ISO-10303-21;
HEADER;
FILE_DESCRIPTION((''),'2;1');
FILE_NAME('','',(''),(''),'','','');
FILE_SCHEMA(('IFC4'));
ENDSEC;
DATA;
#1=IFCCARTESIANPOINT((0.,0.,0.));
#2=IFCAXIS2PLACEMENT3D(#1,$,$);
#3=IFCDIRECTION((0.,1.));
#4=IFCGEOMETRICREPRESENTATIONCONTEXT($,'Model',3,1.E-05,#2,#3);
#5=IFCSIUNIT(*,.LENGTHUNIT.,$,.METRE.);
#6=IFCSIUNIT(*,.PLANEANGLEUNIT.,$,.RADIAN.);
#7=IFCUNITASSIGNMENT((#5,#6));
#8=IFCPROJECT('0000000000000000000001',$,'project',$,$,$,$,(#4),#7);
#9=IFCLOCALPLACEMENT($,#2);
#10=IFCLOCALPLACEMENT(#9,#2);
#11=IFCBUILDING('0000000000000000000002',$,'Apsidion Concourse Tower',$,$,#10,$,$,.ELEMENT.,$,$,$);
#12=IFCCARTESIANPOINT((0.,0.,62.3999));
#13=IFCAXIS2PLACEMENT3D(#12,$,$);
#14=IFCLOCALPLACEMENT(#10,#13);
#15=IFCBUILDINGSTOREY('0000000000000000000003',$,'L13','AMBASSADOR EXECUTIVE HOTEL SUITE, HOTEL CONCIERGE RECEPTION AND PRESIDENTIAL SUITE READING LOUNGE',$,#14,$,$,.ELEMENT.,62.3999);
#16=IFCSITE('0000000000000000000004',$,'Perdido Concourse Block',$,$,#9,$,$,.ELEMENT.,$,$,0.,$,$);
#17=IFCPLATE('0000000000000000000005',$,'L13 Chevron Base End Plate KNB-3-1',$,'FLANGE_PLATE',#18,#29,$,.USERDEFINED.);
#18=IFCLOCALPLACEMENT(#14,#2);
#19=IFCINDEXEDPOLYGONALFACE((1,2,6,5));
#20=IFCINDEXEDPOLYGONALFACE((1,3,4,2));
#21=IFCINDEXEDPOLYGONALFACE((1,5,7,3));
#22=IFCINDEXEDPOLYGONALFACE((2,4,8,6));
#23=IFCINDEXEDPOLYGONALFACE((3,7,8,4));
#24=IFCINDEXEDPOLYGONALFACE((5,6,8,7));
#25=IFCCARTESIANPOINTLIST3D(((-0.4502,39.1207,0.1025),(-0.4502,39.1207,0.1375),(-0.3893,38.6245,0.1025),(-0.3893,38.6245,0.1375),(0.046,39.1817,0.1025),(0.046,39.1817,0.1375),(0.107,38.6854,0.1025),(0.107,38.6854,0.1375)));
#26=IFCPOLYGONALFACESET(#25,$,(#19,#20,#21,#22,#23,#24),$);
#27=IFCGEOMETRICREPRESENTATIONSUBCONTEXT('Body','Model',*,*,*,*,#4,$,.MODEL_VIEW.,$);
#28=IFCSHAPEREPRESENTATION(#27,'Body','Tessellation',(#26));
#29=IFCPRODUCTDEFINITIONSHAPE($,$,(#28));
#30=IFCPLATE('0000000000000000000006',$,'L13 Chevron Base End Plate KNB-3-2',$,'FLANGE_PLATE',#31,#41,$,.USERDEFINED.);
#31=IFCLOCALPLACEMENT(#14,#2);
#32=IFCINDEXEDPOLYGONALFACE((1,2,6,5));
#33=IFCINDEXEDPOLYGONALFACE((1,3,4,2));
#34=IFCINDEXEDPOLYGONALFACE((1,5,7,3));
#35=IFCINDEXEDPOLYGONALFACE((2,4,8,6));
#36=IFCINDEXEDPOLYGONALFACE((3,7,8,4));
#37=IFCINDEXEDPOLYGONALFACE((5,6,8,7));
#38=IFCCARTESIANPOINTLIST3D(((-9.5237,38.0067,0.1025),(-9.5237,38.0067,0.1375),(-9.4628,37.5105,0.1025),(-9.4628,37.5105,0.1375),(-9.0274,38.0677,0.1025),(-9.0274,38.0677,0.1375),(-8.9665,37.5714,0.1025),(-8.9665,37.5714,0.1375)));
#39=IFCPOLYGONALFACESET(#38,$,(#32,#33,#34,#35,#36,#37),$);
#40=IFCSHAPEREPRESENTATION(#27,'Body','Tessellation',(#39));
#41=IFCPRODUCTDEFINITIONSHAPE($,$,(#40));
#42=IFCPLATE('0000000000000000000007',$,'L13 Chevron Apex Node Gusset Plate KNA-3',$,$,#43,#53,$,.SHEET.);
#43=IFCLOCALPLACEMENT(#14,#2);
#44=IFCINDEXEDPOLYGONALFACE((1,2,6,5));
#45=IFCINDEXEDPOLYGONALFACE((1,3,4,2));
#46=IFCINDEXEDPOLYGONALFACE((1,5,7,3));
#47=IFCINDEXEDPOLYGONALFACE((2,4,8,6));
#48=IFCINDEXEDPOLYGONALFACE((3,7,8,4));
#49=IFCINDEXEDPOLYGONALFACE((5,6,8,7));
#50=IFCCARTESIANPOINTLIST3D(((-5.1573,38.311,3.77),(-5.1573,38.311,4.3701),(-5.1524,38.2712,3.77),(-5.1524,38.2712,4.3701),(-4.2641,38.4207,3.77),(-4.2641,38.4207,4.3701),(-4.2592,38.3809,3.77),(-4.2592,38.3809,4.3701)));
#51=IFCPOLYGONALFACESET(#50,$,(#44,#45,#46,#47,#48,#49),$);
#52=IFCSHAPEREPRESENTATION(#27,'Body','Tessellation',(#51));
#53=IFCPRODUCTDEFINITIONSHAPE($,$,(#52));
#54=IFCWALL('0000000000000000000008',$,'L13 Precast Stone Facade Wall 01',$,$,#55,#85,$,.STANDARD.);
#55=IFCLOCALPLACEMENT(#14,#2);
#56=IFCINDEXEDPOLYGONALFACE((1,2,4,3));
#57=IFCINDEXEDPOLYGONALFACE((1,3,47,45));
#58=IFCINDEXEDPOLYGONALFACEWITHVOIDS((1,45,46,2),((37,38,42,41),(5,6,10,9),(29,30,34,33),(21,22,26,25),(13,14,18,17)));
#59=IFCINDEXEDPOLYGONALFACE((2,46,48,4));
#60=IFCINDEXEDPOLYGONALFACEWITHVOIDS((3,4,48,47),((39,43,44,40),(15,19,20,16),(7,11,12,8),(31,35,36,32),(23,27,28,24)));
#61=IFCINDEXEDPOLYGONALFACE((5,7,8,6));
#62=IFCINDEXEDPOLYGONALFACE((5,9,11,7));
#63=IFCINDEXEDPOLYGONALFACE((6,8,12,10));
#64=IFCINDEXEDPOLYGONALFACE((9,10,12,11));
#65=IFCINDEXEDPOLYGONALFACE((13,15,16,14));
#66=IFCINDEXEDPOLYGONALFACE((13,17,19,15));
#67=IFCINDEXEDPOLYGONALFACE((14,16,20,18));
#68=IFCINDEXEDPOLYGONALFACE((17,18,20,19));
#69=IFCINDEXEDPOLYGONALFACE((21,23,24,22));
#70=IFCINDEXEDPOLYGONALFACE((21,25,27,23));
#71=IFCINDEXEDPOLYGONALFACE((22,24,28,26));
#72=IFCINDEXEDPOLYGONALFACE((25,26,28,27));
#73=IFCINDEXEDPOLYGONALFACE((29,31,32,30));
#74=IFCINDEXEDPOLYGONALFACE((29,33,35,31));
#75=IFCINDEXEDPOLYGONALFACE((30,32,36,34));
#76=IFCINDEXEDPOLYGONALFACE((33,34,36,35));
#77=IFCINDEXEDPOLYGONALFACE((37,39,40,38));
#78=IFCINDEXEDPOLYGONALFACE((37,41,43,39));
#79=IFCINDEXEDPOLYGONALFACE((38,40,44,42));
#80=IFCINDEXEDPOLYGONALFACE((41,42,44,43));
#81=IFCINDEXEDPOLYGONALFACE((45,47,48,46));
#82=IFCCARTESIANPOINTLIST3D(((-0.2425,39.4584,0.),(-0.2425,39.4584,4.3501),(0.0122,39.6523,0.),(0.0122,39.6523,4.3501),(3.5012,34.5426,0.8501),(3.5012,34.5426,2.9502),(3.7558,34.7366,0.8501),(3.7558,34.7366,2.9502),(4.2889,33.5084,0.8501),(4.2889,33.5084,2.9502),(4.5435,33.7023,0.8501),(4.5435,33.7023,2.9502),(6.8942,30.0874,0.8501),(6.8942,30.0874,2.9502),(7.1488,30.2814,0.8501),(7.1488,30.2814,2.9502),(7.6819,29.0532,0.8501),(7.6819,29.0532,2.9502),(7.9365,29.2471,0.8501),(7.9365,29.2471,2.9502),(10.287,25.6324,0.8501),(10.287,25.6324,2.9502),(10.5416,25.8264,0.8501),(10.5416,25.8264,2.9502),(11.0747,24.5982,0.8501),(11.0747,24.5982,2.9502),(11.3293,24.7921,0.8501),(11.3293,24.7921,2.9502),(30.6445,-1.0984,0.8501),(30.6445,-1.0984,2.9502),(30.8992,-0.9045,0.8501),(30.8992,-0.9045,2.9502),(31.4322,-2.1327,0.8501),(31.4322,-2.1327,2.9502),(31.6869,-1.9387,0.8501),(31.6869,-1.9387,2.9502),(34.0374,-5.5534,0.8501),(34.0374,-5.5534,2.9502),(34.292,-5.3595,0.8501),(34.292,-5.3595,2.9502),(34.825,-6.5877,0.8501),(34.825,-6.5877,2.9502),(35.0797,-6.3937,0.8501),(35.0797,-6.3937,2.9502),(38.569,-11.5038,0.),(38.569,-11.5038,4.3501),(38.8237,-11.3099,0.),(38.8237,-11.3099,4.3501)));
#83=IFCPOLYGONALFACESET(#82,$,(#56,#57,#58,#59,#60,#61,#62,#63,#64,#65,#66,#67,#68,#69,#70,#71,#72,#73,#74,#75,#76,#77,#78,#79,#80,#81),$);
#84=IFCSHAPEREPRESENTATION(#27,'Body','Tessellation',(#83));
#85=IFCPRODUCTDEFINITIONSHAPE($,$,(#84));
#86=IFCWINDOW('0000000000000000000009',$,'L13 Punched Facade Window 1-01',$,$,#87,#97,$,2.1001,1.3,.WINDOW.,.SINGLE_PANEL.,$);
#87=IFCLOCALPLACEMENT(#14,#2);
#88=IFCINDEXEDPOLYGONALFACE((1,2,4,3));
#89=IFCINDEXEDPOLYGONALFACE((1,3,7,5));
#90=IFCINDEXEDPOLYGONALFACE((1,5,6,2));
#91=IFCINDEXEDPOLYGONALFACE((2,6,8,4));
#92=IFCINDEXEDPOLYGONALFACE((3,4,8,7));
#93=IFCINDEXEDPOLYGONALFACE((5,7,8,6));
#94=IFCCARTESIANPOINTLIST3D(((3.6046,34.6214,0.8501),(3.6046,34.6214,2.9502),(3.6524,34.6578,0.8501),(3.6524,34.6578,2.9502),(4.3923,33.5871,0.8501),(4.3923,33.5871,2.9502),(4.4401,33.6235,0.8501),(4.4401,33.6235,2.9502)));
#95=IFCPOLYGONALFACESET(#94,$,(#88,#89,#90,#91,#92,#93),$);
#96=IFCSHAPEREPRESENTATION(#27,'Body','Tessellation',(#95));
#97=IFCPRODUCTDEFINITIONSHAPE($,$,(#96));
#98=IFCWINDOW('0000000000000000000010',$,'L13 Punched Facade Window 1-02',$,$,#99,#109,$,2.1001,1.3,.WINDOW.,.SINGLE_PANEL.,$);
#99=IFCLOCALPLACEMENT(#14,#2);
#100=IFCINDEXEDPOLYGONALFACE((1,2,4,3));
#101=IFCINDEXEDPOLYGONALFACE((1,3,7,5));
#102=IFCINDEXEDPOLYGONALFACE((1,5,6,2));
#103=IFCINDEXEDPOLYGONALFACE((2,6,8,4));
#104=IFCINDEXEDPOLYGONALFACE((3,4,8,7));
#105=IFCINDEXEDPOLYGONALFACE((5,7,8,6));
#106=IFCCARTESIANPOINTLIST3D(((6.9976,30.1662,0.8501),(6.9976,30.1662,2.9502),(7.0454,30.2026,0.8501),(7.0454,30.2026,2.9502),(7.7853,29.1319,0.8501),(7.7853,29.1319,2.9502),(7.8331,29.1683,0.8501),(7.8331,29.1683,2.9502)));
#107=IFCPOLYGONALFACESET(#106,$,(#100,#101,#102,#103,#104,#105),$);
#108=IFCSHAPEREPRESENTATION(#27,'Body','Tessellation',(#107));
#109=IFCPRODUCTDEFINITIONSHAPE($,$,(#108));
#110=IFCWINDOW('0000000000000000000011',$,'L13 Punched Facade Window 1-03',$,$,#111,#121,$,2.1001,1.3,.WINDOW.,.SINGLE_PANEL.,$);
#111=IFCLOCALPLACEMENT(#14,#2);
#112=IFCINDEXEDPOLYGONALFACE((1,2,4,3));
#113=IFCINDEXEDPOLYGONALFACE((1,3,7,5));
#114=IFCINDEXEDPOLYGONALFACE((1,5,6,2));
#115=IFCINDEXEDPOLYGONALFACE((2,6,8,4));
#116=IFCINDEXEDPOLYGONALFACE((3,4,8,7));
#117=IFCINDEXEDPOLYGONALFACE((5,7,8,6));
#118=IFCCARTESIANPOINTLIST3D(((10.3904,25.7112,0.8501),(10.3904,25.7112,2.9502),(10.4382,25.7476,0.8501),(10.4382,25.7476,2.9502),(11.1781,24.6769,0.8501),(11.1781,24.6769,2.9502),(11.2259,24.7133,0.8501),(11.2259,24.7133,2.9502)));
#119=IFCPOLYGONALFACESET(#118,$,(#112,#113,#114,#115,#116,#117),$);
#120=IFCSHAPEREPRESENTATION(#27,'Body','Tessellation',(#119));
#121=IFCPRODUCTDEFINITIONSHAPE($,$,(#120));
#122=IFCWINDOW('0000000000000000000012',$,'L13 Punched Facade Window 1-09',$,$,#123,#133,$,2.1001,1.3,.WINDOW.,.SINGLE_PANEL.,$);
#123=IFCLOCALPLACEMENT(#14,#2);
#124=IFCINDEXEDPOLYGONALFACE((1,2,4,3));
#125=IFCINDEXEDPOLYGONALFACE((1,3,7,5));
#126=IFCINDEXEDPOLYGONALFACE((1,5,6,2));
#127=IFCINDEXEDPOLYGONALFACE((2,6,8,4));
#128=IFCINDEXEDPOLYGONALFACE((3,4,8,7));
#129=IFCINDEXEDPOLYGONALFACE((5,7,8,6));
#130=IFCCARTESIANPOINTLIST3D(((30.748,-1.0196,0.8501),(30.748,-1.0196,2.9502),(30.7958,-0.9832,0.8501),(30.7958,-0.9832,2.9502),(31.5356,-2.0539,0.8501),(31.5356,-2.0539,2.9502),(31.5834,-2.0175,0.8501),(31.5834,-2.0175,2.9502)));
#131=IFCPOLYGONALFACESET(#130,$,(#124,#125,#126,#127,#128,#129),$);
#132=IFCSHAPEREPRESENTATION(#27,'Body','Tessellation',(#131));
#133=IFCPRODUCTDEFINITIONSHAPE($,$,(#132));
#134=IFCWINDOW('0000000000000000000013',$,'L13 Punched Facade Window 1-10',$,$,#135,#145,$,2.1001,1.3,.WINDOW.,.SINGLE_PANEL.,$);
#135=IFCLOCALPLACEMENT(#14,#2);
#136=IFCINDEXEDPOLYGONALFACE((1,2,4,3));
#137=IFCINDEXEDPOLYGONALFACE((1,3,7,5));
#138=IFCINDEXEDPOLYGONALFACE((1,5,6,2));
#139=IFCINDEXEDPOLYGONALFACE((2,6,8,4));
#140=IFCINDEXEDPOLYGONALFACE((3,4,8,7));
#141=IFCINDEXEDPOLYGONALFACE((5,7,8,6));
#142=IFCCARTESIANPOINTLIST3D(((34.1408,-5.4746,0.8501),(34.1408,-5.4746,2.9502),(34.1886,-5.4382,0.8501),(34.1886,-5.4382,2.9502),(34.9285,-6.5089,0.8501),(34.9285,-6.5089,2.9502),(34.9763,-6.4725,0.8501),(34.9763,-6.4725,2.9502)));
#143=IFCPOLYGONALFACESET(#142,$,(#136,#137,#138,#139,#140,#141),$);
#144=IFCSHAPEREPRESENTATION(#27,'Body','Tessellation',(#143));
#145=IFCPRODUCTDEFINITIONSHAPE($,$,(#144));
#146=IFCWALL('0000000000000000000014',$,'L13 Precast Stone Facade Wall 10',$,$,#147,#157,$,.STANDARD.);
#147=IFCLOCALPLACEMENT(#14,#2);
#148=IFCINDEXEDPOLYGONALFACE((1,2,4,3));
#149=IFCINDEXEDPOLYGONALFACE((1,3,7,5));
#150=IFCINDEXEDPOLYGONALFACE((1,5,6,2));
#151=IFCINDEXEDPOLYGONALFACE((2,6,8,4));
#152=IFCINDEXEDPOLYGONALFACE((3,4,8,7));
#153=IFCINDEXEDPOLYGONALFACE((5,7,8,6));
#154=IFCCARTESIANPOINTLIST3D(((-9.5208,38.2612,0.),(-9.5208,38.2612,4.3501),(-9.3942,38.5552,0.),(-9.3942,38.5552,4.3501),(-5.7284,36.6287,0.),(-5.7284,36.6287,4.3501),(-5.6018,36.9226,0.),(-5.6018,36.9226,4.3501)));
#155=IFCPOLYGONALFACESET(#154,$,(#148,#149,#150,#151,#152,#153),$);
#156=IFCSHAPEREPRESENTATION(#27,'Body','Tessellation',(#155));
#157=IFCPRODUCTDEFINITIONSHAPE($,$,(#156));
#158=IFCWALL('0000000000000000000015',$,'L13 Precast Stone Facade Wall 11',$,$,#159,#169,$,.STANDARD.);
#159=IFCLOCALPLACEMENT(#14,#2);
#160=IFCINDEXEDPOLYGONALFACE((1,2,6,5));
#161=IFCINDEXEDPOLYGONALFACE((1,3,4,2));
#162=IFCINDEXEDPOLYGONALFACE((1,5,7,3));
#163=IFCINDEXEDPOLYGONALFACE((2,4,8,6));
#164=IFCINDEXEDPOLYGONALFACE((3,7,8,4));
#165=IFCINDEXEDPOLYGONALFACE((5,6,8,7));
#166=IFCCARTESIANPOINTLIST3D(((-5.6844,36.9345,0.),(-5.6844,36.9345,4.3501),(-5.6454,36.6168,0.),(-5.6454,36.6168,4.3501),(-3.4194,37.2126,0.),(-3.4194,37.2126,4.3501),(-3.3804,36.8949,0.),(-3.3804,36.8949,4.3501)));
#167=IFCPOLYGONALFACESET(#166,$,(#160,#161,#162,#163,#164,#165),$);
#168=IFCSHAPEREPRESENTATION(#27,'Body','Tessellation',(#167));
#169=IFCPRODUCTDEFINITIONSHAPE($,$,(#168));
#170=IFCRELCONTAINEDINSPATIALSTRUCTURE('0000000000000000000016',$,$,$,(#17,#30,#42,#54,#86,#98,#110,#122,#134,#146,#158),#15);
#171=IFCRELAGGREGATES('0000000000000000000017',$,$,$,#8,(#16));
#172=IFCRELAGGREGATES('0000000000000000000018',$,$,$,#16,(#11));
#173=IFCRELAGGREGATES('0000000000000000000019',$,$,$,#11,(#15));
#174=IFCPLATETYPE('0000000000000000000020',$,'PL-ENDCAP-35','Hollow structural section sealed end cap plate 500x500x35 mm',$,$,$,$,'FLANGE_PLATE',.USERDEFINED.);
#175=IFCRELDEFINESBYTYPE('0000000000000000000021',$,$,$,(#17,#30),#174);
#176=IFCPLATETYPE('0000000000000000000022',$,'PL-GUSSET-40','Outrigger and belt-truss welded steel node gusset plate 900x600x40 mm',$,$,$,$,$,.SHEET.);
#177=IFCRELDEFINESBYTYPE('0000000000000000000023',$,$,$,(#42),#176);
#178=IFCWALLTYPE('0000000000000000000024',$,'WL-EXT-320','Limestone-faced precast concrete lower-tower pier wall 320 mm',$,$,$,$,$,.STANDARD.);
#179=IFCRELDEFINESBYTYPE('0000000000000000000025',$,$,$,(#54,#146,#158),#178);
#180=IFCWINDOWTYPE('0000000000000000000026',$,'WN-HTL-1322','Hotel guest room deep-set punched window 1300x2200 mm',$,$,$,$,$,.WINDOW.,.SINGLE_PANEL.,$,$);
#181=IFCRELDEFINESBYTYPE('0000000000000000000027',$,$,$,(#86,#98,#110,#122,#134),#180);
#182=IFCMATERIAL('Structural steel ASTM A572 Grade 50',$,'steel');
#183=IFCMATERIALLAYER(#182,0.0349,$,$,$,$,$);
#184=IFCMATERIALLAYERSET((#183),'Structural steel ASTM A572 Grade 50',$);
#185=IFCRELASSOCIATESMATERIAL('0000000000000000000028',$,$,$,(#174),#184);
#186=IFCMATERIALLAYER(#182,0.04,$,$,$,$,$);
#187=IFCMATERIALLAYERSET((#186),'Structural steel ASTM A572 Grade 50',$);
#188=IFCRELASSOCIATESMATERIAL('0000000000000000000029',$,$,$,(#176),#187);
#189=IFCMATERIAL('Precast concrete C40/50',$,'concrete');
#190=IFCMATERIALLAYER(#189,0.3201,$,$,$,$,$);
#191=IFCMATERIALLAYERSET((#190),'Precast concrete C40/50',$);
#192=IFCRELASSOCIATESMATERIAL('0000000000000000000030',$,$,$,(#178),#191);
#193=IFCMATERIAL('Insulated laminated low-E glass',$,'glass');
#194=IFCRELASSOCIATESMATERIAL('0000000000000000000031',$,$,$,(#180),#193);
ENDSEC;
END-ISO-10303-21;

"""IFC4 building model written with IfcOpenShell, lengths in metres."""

from ifc_helpers import new_model, si_unit, direction, frame, frame_2d, origin, origin_2d, place, context, subcontext, project, spatial, rectangle, extrude, material, layer, layer_set, type_object, element, fill, save


model = new_model("IFC4")

# Units and contexts
model_context = context("Model", 3, precision=1e-05, world=origin(), true_north=direction((0.0, 1.0)))
body_context = subcontext(model_context, "Body", "Model", "MODEL_VIEW")
ifc_project = project(units=[si_unit("LENGTHUNIT", "METRE"), si_unit("PLANEANGLEUNIT", "RADIAN")], contexts=[model_context])

# Site, building, storey
site_placement = place(None, origin())
site = spatial("IfcSite", under=ifc_project, at=site_placement, Name="Perdido Concourse Block", CompositionType="ELEMENT", RefElevation=0.0)
building_placement = place(site_placement, origin())
building = spatial("IfcBuilding", under=site, at=building_placement, Name="Apsidion Concourse Tower", CompositionType="ELEMENT")
storey_placement = place(building_placement, frame((0.0, 0.0, 62.3999)))
storey = spatial("IfcBuildingStorey", under=building, at=storey_placement, Name="L13", Description="AMBASSADOR EXECUTIVE HOTEL SUITE, HOTEL CONCIERGE RECEPTION AND PRESIDENTIAL SUITE READING LOUNGE", CompositionType="ELEMENT", Elevation=62.3999)

# Shared definitions
ifc_material_1 = material(Name="Structural steel ASTM A572 Grade 50", Category="steel")

# Plates
ifc_layer_1 = layer(ifc_material_1, 0.0349)
ifc_layer_set_1 = layer_set([ifc_layer_1], Name="Structural steel ASTM A572 Grade 50")
plate_type_1 = type_object("IfcPlateType", Name="PL-ENDCAP-35", Description="Hollow structural section sealed end cap plate 500x500x35 mm", ElementType="FLANGE_PLATE", PredefinedType="USERDEFINED", material=ifc_layer_set_1)
for number, where, z_axis, x_axis, name in (
    (1, (-0.1716, 38.9031, 0.1025), (0.0, 0.0, 1.0), (0.992546, 0.121869, 0.0), "L13 Chevron Base End Plate KNB-3-1"),
    (2, (-9.2451, 37.7891, 0.1025), (0.0, 0.0, 1.0), (0.992546, 0.121869, 0.0), "L13 Chevron Base End Plate KNB-3-2"),
):
    element("IfcPlate", number, at=place(storey_placement, frame(where, z_axis=z_axis, x_axis=x_axis)), inside=storey, type_object=plate_type_1, Name=name, ObjectType="FLANGE_PLATE", PredefinedType="USERDEFINED", context=body_context, shape_type="SweptSolid", body=[
        extrude(rectangle(XDim=0.5, YDim=0.5, at=origin_2d()), origin(), (0.0, 0.0, 1.0), 0.0349),
    ])
ifc_layer_2 = layer(ifc_material_1, 0.04)
ifc_layer_set_2 = layer_set([ifc_layer_2], Name="Structural steel ASTM A572 Grade 50")
plate_type_2 = type_object("IfcPlateType", Name="PL-GUSSET-40", Description="Outrigger and belt-truss welded steel node gusset plate 900x600x40 mm", PredefinedType="SHEET", material=ifc_layer_set_2)
plate_placement = place(storey_placement, frame((-4.7083, 38.3459, 3.77), z_axis=(0.0, 0.0, 1.0), x_axis=(0.992546, 0.121869, 0.0)))
element("IfcPlate", 3, at=plate_placement, inside=storey, type_object=plate_type_2, Name="L13 Chevron Apex Node Gusset Plate KNA-3", PredefinedType="SHEET", context=body_context, shape_type="SweptSolid", body=[
    extrude(rectangle(XDim=0.8999, YDim=0.04, at=origin_2d()), origin(), (0.0, 0.0, 1.0), 0.6001),
])

# Wall, openings, windows
ifc_material_2 = material(Name="Precast concrete C40/50", Category="concrete")
ifc_layer_3 = layer(ifc_material_2, 0.3201)
ifc_layer_set_3 = layer_set([ifc_layer_3], Name="Precast concrete C40/50")
wall_type_1 = type_object("IfcWallType", Name="WL-EXT-320", Description="Limestone-faced precast concrete lower-tower pier wall 320 mm", PredefinedType="STANDARD", material=ifc_layer_set_3)
wall_1_placement = place(storey_placement, frame((-0.1152, 39.5554, 0.0), z_axis=(0.0, 0.0, 1.0), x_axis=(0.605877, -0.795558, 0.0)))
wall_1 = element("IfcWall", 4, at=wall_1_placement, inside=storey, type_object=wall_type_1, Name="L13 Precast Stone Facade Wall 01", PredefinedType="STANDARD", context=body_context, shape_type="SweptSolid", body=[
    extrude(rectangle(XDim=64.0583, YDim=0.3201, at=frame_2d((32.0293, 0.0))), origin(), (0.0, 0.0, 1.0), 4.3501),
])
opening_1_placement = place(wall_1_placement, frame((6.1792, 0.0, 0.8501)))
opening_1 = element("IfcOpeningElement", 5, at=opening_1_placement, cuts=wall_1, PredefinedType="OPENING", context=body_context, shape_type="SweptSolid", body=[
    extrude(rectangle(XDim=1.3, YDim=2.1001, at=frame_2d((0.6499, 1.05))), frame((0.0, 0.1699, 0.0), z_axis=(0.0, -1.0, 0.0), x_axis=(1.0, 0.0, 0.0)), (0.0, 0.0, 1.0), 0.3401),
])
opening_2_placement = place(wall_1_placement, frame((11.7793, 0.0, 0.8501)))
opening_2 = element("IfcOpeningElement", 6, at=opening_2_placement, cuts=wall_1, PredefinedType="OPENING", context=body_context, shape_type="SweptSolid", body=[
    extrude(rectangle(XDim=1.3, YDim=2.1001, at=frame_2d((0.6499, 1.05))), frame((0.0, 0.1699, 0.0), z_axis=(0.0, -1.0, 0.0), x_axis=(1.0, 0.0, 0.0)), (0.0, 0.0, 1.0), 0.3401),
])
opening_3_placement = place(wall_1_placement, frame((17.3792, 0.0, 0.8501)))
opening_3 = element("IfcOpeningElement", 7, at=opening_3_placement, cuts=wall_1, PredefinedType="OPENING", context=body_context, shape_type="SweptSolid", body=[
    extrude(rectangle(XDim=1.3, YDim=2.1001, at=frame_2d((0.6499, 1.05))), frame((0.0, 0.1699, 0.0), z_axis=(0.0, -1.0, 0.0), x_axis=(1.0, 0.0, 0.0)), (0.0, 0.0, 1.0), 0.3401),
])
opening_4_placement = place(wall_1_placement, frame((50.9792, 0.0, 0.8501)))
opening_4 = element("IfcOpeningElement", 8, at=opening_4_placement, cuts=wall_1, PredefinedType="OPENING", context=body_context, shape_type="SweptSolid", body=[
    extrude(rectangle(XDim=1.3, YDim=2.1001, at=frame_2d((0.6499, 1.05))), frame((0.0, 0.1699, 0.0), z_axis=(0.0, -1.0, 0.0), x_axis=(1.0, 0.0, 0.0)), (0.0, 0.0, 1.0), 0.3401),
])
opening_5_placement = place(wall_1_placement, frame((56.5791, 0.0, 0.8501)))
opening_5 = element("IfcOpeningElement", 9, at=opening_5_placement, cuts=wall_1, PredefinedType="OPENING", context=body_context, shape_type="SweptSolid", body=[
    extrude(rectangle(XDim=1.3, YDim=2.1001, at=frame_2d((0.6499, 1.05))), frame((0.0, 0.1699, 0.0), z_axis=(0.0, -1.0, 0.0), x_axis=(1.0, 0.0, 0.0)), (0.0, 0.0, 1.0), 0.3401),
])
ifc_material_3 = material(Name="Insulated laminated low-E glass", Category="glass")
window_type = type_object("IfcWindowType", Name="WN-HTL-1322", Description="Hotel guest room deep-set punched window 1300x2200 mm", PartitioningType="SINGLE_PANEL", PredefinedType="WINDOW", material=ifc_material_3)
window_1_placement = place(opening_1_placement, origin())
window_1 = element("IfcWindow", 10, at=window_1_placement, inside=storey, type_object=window_type, Name="L13 Punched Facade Window 1-01", OverallHeight=2.1001, OverallWidth=1.3, PartitioningType="SINGLE_PANEL", PredefinedType="WINDOW", context=body_context, shape_type="SweptSolid", body=[
    extrude(rectangle(XDim=1.3, YDim=2.1001, at=frame_2d((0.6499, 1.05))), frame((0.0, 0.03, 0.0), z_axis=(0.0, -1.0, 0.0), x_axis=(1.0, 0.0, 0.0)), (0.0, 0.0, 1.0), 0.0601),
])
fill(opening_1, window_1)
window_2_placement = place(opening_2_placement, origin())
window_2 = element("IfcWindow", 11, at=window_2_placement, inside=storey, type_object=window_type, Name="L13 Punched Facade Window 1-02", OverallHeight=2.1001, OverallWidth=1.3, PartitioningType="SINGLE_PANEL", PredefinedType="WINDOW", context=body_context, shape_type="SweptSolid", body=[
    extrude(rectangle(XDim=1.3, YDim=2.1001, at=frame_2d((0.6499, 1.05))), frame((0.0, 0.03, 0.0), z_axis=(0.0, -1.0, 0.0), x_axis=(1.0, 0.0, 0.0)), (0.0, 0.0, 1.0), 0.0601),
])
fill(opening_2, window_2)
window_3_placement = place(opening_3_placement, origin())
window_3 = element("IfcWindow", 12, at=window_3_placement, inside=storey, type_object=window_type, Name="L13 Punched Facade Window 1-03", OverallHeight=2.1001, OverallWidth=1.3, PartitioningType="SINGLE_PANEL", PredefinedType="WINDOW", context=body_context, shape_type="SweptSolid", body=[
    extrude(rectangle(XDim=1.3, YDim=2.1001, at=frame_2d((0.6499, 1.05))), frame((0.0, 0.03, 0.0), z_axis=(0.0, -1.0, 0.0), x_axis=(1.0, 0.0, 0.0)), (0.0, 0.0, 1.0), 0.0601),
])
fill(opening_3, window_3)
window_4_placement = place(opening_4_placement, origin())
window_4 = element("IfcWindow", 13, at=window_4_placement, inside=storey, type_object=window_type, Name="L13 Punched Facade Window 1-09", OverallHeight=2.1001, OverallWidth=1.3, PartitioningType="SINGLE_PANEL", PredefinedType="WINDOW", context=body_context, shape_type="SweptSolid", body=[
    extrude(rectangle(XDim=1.3, YDim=2.1001, at=frame_2d((0.6499, 1.05))), frame((0.0, 0.03, 0.0), z_axis=(0.0, -1.0, 0.0), x_axis=(1.0, 0.0, 0.0)), (0.0, 0.0, 1.0), 0.0601),
])
fill(opening_4, window_4)
window_5_placement = place(opening_5_placement, origin())
window_5 = element("IfcWindow", 14, at=window_5_placement, inside=storey, type_object=window_type, Name="L13 Punched Facade Window 1-10", OverallHeight=2.1001, OverallWidth=1.3, PartitioningType="SINGLE_PANEL", PredefinedType="WINDOW", context=body_context, shape_type="SweptSolid", body=[
    extrude(rectangle(XDim=1.3, YDim=2.1001, at=frame_2d((0.6499, 1.05))), frame((0.0, 0.03, 0.0), z_axis=(0.0, -1.0, 0.0), x_axis=(1.0, 0.0, 0.0)), (0.0, 0.0, 1.0), 0.0601),
])
fill(opening_5, window_5)

# Walls
wall_2_placement = place(storey_placement, frame((-9.4575, 38.4082, 0.0), z_axis=(0.0, 0.0, 1.0), x_axis=(0.918511, -0.395396, 0.0)))
element("IfcWall", 15, at=wall_2_placement, inside=storey, type_object=wall_type_1, Name="L13 Precast Stone Facade Wall 10", PredefinedType="STANDARD", context=body_context, shape_type="SweptSolid", body=[
    extrude(rectangle(XDim=4.1289, YDim=0.3201, at=frame_2d((2.0645, 0.0))), origin(), (0.0, 0.0, 1.0), 4.3501),
])
wall_3_placement = place(storey_placement, frame((-5.665, 36.7756, 0.0), z_axis=(0.0, 0.0, 1.0), x_axis=(0.992547, 0.121862, 0.0)))
element("IfcWall", 16, at=wall_3_placement, inside=storey, type_object=wall_type_1, Name="L13 Precast Stone Facade Wall 11", PredefinedType="STANDARD", context=body_context, shape_type="SweptSolid", body=[
    extrude(rectangle(XDim=2.282, YDim=0.3201, at=frame_2d((1.1411, 0.0))), origin(), (0.0, 0.0, 1.0), 4.3501),
])

save(model, "model.ifc")
